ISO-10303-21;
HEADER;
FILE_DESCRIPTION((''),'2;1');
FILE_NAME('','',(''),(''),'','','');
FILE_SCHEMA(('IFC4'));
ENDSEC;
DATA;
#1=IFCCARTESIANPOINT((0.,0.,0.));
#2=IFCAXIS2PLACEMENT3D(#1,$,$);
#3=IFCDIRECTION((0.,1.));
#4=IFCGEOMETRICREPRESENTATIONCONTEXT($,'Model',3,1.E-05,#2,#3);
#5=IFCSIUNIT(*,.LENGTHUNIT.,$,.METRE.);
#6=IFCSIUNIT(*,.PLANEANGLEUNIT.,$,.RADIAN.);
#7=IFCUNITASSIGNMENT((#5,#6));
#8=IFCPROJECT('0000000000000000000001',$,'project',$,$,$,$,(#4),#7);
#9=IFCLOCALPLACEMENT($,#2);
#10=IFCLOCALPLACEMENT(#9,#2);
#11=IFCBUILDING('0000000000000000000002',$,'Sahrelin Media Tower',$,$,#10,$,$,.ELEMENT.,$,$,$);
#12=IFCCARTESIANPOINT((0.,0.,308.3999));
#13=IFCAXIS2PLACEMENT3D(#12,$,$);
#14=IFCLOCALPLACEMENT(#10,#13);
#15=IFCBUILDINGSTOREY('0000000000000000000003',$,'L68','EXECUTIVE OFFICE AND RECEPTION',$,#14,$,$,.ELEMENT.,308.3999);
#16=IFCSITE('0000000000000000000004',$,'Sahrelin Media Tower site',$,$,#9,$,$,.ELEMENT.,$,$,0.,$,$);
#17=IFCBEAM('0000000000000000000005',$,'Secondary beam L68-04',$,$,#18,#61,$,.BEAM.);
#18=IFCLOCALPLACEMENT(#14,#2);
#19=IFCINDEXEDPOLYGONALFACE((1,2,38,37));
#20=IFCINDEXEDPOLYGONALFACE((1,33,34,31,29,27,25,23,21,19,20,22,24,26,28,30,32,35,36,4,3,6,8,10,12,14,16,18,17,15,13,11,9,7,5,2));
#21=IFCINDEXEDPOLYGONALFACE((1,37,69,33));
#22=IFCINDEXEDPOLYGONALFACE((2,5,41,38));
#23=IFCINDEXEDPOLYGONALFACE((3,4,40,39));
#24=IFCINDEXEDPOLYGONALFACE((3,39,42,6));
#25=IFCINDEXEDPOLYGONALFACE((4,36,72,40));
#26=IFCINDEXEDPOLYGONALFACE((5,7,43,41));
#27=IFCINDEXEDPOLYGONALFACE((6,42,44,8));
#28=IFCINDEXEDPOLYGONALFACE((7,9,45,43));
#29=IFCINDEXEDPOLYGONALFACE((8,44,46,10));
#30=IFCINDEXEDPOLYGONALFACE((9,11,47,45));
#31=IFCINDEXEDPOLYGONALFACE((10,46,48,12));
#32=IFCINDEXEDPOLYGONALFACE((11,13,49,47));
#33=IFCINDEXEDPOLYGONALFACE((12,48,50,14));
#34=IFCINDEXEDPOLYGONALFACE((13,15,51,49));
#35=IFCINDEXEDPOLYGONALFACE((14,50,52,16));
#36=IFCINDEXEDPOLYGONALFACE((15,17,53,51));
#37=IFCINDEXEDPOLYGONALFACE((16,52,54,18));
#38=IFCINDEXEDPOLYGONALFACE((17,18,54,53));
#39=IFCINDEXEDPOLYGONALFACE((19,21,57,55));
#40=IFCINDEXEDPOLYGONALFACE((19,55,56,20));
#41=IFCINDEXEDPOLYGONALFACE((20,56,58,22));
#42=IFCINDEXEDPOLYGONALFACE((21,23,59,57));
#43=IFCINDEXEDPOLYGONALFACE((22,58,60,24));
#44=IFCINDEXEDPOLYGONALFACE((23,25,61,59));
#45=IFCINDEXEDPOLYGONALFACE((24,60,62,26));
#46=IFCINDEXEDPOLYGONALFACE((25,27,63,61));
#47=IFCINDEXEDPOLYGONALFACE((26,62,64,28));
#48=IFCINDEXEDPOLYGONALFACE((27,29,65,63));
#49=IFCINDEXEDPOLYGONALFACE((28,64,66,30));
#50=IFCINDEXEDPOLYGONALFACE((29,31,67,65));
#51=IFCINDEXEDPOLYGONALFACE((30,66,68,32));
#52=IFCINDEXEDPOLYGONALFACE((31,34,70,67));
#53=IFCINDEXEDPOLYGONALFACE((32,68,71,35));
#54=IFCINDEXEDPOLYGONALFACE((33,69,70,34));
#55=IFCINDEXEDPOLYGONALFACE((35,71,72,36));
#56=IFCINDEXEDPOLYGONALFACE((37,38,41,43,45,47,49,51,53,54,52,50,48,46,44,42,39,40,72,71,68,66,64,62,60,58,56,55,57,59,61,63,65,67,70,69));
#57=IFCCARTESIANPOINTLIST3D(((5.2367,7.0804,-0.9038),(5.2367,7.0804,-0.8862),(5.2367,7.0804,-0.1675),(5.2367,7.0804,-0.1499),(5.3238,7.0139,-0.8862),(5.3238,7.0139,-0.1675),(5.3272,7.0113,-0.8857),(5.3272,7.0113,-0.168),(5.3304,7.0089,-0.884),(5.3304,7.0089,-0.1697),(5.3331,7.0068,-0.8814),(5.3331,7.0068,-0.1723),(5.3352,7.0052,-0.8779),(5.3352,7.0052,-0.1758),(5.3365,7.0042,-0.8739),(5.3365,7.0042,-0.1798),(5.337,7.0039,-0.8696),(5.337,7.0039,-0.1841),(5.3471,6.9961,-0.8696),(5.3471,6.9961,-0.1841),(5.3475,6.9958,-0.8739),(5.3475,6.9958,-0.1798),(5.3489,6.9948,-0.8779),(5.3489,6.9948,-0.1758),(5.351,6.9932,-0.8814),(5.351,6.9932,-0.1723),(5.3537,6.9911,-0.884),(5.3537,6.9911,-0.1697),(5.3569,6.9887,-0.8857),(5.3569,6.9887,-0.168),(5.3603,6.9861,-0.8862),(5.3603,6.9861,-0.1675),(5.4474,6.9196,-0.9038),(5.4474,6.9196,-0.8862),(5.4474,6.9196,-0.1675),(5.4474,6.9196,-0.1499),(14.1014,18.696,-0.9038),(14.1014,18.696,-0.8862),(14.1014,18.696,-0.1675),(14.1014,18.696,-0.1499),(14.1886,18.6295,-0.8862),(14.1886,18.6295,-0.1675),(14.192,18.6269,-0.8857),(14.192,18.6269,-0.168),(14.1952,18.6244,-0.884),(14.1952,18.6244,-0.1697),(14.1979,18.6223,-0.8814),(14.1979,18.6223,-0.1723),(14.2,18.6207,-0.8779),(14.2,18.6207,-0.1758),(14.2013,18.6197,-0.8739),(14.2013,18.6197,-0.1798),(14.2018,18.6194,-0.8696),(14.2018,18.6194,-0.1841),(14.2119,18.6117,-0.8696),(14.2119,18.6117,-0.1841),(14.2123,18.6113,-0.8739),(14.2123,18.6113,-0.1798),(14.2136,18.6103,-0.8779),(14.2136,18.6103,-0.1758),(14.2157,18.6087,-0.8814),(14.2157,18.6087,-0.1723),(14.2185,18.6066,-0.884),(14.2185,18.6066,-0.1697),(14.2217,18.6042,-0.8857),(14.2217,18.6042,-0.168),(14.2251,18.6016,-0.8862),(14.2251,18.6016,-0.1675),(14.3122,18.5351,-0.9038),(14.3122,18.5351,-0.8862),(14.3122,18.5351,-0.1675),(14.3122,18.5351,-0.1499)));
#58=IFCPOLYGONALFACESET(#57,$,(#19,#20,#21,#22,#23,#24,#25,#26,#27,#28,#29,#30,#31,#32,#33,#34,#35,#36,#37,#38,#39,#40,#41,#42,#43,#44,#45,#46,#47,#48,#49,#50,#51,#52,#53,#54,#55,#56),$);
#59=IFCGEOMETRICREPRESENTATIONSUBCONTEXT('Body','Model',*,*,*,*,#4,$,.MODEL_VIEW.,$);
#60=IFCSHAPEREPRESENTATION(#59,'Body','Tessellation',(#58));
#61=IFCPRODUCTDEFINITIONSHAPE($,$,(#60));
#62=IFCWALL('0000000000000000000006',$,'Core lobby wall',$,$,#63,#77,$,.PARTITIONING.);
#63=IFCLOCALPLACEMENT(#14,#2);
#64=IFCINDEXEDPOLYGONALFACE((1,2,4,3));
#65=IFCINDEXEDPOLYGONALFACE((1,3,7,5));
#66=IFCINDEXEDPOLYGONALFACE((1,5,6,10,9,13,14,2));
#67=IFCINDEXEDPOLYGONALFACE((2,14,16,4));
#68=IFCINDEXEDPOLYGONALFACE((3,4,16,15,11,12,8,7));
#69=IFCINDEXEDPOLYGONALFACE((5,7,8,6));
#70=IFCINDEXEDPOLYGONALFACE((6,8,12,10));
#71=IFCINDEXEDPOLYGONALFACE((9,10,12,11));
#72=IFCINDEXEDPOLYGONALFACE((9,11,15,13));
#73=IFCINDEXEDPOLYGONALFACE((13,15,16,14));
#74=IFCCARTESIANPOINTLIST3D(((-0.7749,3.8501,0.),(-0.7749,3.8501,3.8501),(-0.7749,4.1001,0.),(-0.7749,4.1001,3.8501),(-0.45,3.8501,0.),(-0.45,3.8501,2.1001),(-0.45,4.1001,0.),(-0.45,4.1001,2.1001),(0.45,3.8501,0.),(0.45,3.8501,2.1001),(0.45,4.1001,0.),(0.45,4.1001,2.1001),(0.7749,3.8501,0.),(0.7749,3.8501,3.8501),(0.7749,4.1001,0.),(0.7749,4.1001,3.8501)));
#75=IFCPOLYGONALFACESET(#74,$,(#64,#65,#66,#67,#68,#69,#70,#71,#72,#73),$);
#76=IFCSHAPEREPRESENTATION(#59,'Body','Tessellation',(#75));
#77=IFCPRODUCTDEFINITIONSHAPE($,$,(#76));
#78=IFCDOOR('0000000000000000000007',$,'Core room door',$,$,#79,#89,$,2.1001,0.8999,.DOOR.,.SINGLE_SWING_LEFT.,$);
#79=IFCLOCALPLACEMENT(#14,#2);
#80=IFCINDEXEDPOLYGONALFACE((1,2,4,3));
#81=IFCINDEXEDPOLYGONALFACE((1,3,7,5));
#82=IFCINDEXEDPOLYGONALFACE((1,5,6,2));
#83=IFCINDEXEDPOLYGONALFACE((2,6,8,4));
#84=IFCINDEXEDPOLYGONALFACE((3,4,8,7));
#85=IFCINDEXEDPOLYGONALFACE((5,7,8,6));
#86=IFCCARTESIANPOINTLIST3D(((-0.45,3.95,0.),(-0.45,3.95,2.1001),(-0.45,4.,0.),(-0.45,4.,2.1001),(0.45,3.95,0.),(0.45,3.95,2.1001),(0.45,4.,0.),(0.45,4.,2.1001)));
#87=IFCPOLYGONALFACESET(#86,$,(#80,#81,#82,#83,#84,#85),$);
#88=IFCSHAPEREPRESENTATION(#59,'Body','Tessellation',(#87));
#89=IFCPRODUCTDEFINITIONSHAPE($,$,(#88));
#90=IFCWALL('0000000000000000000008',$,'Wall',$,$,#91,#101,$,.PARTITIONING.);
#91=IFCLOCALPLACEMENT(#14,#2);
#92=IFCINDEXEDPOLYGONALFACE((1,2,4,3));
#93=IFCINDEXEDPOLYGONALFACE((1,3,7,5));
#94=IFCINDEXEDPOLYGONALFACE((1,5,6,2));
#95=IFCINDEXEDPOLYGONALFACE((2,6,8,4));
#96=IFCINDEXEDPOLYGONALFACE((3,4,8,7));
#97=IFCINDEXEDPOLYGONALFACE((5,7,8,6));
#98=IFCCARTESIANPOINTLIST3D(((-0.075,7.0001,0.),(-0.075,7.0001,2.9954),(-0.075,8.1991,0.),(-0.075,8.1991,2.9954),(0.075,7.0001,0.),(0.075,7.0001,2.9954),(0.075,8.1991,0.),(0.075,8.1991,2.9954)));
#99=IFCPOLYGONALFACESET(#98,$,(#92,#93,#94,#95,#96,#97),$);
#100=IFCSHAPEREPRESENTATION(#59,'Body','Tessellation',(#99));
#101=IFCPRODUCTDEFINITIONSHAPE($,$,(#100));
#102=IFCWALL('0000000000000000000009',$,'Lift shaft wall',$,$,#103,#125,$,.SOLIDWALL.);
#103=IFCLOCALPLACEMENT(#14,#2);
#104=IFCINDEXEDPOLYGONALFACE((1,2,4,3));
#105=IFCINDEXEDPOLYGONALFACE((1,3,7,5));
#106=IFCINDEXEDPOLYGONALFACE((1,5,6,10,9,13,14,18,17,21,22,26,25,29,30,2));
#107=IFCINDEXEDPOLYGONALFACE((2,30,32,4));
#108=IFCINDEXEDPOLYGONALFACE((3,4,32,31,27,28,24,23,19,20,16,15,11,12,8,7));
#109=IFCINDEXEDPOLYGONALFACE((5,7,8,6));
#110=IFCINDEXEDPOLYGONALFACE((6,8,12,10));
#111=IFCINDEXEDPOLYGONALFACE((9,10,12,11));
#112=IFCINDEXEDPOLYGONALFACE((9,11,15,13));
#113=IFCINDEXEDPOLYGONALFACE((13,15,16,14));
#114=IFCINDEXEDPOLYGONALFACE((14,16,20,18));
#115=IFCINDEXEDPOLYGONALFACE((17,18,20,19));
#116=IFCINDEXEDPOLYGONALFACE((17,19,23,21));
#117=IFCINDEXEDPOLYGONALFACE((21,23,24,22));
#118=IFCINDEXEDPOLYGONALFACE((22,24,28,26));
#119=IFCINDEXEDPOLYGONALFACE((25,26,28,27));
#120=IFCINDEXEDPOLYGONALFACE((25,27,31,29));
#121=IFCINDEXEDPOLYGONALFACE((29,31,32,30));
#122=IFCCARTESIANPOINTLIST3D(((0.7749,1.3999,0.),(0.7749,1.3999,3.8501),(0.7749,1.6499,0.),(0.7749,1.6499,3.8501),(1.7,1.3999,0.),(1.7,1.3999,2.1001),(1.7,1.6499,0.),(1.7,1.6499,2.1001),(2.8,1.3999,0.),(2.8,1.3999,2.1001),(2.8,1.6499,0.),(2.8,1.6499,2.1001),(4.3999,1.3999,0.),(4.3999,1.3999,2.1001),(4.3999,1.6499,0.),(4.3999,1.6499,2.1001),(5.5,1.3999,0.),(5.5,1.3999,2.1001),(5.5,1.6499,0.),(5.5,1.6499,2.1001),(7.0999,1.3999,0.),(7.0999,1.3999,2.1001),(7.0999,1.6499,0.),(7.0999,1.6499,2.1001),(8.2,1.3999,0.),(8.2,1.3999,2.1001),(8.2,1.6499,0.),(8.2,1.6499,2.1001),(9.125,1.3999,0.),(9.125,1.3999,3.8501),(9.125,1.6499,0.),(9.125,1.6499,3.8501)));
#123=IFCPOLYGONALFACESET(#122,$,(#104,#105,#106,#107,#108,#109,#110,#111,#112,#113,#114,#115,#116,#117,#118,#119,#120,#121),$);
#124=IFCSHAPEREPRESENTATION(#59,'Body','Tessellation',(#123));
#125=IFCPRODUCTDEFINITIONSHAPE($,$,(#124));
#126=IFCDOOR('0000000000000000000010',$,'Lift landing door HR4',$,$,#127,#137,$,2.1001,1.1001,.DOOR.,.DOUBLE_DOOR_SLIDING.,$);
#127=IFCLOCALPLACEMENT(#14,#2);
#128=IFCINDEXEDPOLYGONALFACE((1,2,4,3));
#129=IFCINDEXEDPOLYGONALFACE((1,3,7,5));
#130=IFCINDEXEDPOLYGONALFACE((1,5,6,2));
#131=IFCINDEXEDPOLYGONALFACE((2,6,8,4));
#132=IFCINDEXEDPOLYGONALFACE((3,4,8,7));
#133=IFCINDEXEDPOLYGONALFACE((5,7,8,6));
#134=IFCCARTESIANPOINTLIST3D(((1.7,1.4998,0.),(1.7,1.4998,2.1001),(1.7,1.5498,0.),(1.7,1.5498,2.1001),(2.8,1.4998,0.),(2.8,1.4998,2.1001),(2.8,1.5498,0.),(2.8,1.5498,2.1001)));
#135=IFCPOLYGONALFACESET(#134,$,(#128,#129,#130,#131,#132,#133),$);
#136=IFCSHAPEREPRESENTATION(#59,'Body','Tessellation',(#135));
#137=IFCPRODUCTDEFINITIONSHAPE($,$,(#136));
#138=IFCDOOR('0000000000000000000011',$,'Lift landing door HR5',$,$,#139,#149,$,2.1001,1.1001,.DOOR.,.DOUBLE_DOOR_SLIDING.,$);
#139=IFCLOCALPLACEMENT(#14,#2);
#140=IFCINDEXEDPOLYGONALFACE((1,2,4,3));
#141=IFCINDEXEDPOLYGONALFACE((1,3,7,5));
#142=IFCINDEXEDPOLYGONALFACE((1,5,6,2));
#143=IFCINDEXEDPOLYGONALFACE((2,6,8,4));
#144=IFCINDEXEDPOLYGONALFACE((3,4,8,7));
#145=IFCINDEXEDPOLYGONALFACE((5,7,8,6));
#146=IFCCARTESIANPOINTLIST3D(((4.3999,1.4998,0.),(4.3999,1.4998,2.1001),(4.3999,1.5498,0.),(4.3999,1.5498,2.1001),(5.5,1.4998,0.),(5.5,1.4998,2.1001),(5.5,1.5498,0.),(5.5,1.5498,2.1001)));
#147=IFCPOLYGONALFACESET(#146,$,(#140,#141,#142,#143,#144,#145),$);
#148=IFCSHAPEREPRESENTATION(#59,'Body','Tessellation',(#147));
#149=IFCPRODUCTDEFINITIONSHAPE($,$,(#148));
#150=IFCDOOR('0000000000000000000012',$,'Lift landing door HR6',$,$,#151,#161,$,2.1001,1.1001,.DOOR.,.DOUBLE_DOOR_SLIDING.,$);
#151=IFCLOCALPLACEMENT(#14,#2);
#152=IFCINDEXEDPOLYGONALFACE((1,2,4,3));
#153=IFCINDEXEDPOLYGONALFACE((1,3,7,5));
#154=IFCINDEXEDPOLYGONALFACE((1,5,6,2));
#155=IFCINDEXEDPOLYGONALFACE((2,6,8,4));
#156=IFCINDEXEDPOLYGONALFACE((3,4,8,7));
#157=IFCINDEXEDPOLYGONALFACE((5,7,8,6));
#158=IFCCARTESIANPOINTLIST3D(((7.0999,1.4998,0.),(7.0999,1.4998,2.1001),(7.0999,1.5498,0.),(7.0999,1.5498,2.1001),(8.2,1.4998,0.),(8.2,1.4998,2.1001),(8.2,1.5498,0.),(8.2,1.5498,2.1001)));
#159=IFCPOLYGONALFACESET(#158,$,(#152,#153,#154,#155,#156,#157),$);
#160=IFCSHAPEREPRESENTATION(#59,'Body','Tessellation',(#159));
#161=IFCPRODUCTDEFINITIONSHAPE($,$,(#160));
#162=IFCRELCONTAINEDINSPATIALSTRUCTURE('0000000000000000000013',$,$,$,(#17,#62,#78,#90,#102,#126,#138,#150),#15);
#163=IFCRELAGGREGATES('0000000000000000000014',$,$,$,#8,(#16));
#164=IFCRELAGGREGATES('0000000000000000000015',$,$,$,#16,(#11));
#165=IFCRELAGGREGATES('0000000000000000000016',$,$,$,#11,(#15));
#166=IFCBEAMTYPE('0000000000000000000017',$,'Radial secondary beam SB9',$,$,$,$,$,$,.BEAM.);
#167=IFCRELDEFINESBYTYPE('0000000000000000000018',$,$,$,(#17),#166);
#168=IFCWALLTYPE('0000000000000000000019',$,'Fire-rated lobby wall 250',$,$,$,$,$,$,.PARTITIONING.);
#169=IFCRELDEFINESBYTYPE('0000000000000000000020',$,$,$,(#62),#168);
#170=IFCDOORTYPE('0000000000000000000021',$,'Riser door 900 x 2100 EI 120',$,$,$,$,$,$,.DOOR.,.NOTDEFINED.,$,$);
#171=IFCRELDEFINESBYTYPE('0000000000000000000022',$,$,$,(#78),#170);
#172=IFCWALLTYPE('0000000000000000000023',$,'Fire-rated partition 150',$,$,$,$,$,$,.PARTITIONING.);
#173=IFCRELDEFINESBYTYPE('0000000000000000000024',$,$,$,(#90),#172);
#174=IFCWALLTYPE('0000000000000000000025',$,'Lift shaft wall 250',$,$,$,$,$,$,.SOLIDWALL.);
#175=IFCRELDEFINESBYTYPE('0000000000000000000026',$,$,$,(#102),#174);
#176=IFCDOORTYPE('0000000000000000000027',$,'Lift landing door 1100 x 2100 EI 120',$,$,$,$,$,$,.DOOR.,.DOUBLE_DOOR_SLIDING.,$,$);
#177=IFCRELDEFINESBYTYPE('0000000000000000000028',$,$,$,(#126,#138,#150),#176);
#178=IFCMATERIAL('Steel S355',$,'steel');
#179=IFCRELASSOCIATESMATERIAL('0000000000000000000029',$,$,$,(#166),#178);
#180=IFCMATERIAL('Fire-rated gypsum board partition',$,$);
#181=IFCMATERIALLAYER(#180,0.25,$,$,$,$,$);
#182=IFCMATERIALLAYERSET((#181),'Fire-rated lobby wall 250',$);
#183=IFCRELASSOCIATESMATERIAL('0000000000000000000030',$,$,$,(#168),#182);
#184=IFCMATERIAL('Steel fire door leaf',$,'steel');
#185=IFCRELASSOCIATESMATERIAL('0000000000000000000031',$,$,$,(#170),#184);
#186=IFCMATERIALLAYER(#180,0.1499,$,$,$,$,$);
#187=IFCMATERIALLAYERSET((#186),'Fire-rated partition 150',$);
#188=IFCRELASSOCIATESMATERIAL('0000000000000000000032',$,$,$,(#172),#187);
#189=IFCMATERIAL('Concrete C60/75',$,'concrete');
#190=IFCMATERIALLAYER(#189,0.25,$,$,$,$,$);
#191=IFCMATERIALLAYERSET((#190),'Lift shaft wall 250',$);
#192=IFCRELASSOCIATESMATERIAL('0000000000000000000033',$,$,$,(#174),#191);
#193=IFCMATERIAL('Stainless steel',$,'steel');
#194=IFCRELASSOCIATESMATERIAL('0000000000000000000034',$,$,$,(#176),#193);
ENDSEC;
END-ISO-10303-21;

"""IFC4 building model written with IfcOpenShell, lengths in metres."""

from ifc_helpers import new_model, si_unit, direction, frame, frame_2d, origin, origin_2d, place, context, subcontext, project, spatial, rectangle, i_section, extrude, material, layer, layer_set, material_profile, profile_set, type_object, element, fill, save


model = new_model("IFC4")

# Units and contexts
model_context = context("Model", 3, precision=1e-05, world=origin(), true_north=direction((0.0, 1.0)))
body_context = subcontext(model_context, "Body", "Model", "MODEL_VIEW")
ifc_project = project(units=[si_unit("LENGTHUNIT", "METRE"), si_unit("PLANEANGLEUNIT", "RADIAN")], contexts=[model_context])

# Site, building, storey
site_placement = place(None, origin())
site = spatial("IfcSite", under=ifc_project, at=site_placement, Name="Sahrelin Media Tower site", CompositionType="ELEMENT", RefElevation=0.0)
building_placement = place(site_placement, origin())
building = spatial("IfcBuilding", under=site, at=building_placement, Name="Sahrelin Media Tower", CompositionType="ELEMENT")
storey_placement = place(building_placement, frame((0.0, 0.0, 308.3999)))
storey = spatial("IfcBuildingStorey", under=building, at=storey_placement, Name="L68", Description="EXECUTIVE OFFICE AND RECEPTION", CompositionType="ELEMENT", Elevation=308.3999)

# Beam
ifc_material_1 = material(Name="Steel S355", Category="steel")
ifc_material_profile_1 = material_profile(ifc_material_1, i_section(OverallWidth=0.2651, OverallDepth=0.7539, WebThickness=0.0127, FlangeThickness=0.0176, FilletRadius=0.0166, at=origin_2d()), Name="UB 762x267x147")
ifc_profile_set_1 = profile_set([ifc_material_profile_1], Name="Steel S355")
beam_type_1 = type_object("IfcBeamType", Name="Radial secondary beam SB9", PredefinedType="BEAM", material=ifc_profile_set_1)
beam_1_placement = place(storey_placement, frame((5.342, 7.0, -0.5269), z_axis=(0.606686, 0.794941, 0.0), x_axis=(-0.794941, 0.606686, 0.0)))
element("IfcBeam", 1, at=beam_1_placement, inside=storey, type_object=beam_type_1, Name="Secondary beam L68-04", PredefinedType="BEAM", context=body_context, shape_type="SweptSolid", body=[
    extrude(i_section(OverallWidth=0.2651, OverallDepth=0.7539, WebThickness=0.0127, FlangeThickness=0.0176, FilletRadius=0.0166, at=origin_2d()), origin(), (0.0, 0.0, 1.0), 14.6118),
])

# Wall, opening, door
ifc_material_2 = material(Name="Fire-rated gypsum board partition")
ifc_layer_1 = layer(ifc_material_2, 0.25)
ifc_layer_set_1 = layer_set([ifc_layer_1], Name="Fire-rated lobby wall 250")
wall_type_1 = type_object("IfcWallType", Name="Fire-rated lobby wall 250", PredefinedType="PARTITIONING", material=ifc_layer_set_1)
wall_1_placement = place(storey_placement, frame((-0.7749, 3.9751, 0.0), z_axis=(0.0, 0.0, 1.0), x_axis=(1.0, 0.0, 0.0)))
wall_1 = element("IfcWall", 2, at=wall_1_placement, inside=storey, type_object=wall_type_1, Name="Core lobby wall", PredefinedType="PARTITIONING", context=body_context, shape_type="SweptSolid", body=[
    extrude(rectangle(XDim=1.5498, YDim=0.25, at=frame_2d((0.7749, 0.0))), origin(), (0.0, 0.0, 1.0), 3.8501),
])
opening_1_placement = place(wall_1_placement, frame((0.325, 0.0, 0.0)))
opening_1 = element("IfcOpeningElement", 3, at=opening_1_placement, cuts=wall_1, PredefinedType="OPENING", context=body_context, shape_type="SweptSolid", body=[
    extrude(rectangle(XDim=0.8999, YDim=2.1001, at=frame_2d((0.45, 1.05))), frame((0.0, 0.125, 0.0), z_axis=(0.0, -1.0, 0.0), x_axis=(1.0, 0.0, 0.0)), (0.0, 0.0, 1.0), 0.25),
])
ifc_material_3 = material(Name="Steel fire door leaf", Category="steel")
door_type_1 = type_object("IfcDoorType", Name="Riser door 900 x 2100 EI 120", OperationType="NOTDEFINED", PredefinedType="DOOR", material=ifc_material_3)
door_1_placement = place(opening_1_placement, origin())
door_1 = element("IfcDoor", 4, at=door_1_placement, inside=storey, type_object=door_type_1, Name="Core room door", OperationType="SINGLE_SWING_LEFT", OverallHeight=2.1001, OverallWidth=0.8999, PredefinedType="DOOR", context=body_context, shape_type="SweptSolid", body=[
    extrude(rectangle(XDim=0.8999, YDim=2.1001, at=frame_2d((0.45, 1.05))), frame((0.0, 0.0249, 0.0), z_axis=(0.0, -1.0, 0.0), x_axis=(1.0, 0.0, 0.0)), (0.0, 0.0, 1.0), 0.05),
])
fill(opening_1, door_1)

# Wall
ifc_layer_2 = layer(ifc_material_2, 0.1499)
ifc_layer_set_2 = layer_set([ifc_layer_2], Name="Fire-rated partition 150")
wall_type_2 = type_object("IfcWallType", Name="Fire-rated partition 150", PredefinedType="PARTITIONING", material=ifc_layer_set_2)
wall_2_placement = place(storey_placement, frame((0.0, 7.0, 0.0), z_axis=(0.0, 0.0, 1.0), x_axis=(0.0, 1.0, 0.0)))
element("IfcWall", 5, at=wall_2_placement, inside=storey, type_object=wall_type_2, Name="Wall", PredefinedType="PARTITIONING", context=body_context, shape_type="SweptSolid", body=[
    extrude(rectangle(XDim=1.199, YDim=0.1499, at=frame_2d((0.5996, 0.0))), origin(), (0.0, 0.0, 1.0), 2.9954),
])

# Wall, openings, doors
ifc_material_4 = material(Name="Concrete C60/75", Category="concrete")
ifc_layer_3 = layer(ifc_material_4, 0.25)
ifc_layer_set_3 = layer_set([ifc_layer_3], Name="Lift shaft wall 250")
wall_type_3 = type_object("IfcWallType", Name="Lift shaft wall 250", PredefinedType="SOLIDWALL", material=ifc_layer_set_3)
wall_3_placement = place(storey_placement, frame((0.7749, 1.5249, 0.0), z_axis=(0.0, 0.0, 1.0), x_axis=(1.0, 0.0, 0.0)))
wall_3 = element("IfcWall", 6, at=wall_3_placement, inside=storey, type_object=wall_type_3, Name="Lift shaft wall", PredefinedType="SOLIDWALL", context=body_context, shape_type="SweptSolid", body=[
    extrude(rectangle(XDim=8.3501, YDim=0.25, at=frame_2d((4.175, 0.0))), origin(), (0.0, 0.0, 1.0), 3.8501),
])
opening_2_placement = place(wall_3_placement, frame((0.925, 0.0, 0.0)))
opening_2 = element("IfcOpeningElement", 7, at=opening_2_placement, cuts=wall_3, PredefinedType="OPENING", context=body_context, shape_type="SweptSolid", body=[
    extrude(rectangle(XDim=1.1001, YDim=2.1001, at=frame_2d((0.55, 1.05))), frame((0.0, 0.125, 0.0), z_axis=(0.0, -1.0, 0.0), x_axis=(1.0, 0.0, 0.0)), (0.0, 0.0, 1.0), 0.25),
])
opening_3_placement = place(wall_3_placement, frame((3.625, 0.0, 0.0)))
opening_3 = element("IfcOpeningElement", 8, at=opening_3_placement, cuts=wall_3, PredefinedType="OPENING", context=body_context, shape_type="SweptSolid", body=[
    extrude(rectangle(XDim=1.1001, YDim=2.1001, at=frame_2d((0.55, 1.05))), frame((0.0, 0.125, 0.0), z_axis=(0.0, -1.0, 0.0), x_axis=(1.0, 0.0, 0.0)), (0.0, 0.0, 1.0), 0.25),
])
opening_4_placement = place(wall_3_placement, frame((6.325, 0.0, 0.0)))
opening_4 = element("IfcOpeningElement", 9, at=opening_4_placement, cuts=wall_3, PredefinedType="OPENING", context=body_context, shape_type="SweptSolid", body=[
    extrude(rectangle(XDim=1.1001, YDim=2.1001, at=frame_2d((0.55, 1.05))), frame((0.0, 0.125, 0.0), z_axis=(0.0, -1.0, 0.0), x_axis=(1.0, 0.0, 0.0)), (0.0, 0.0, 1.0), 0.25),
])
ifc_material_5 = material(Name="Stainless steel", Category="steel")
door_type_2 = type_object("IfcDoorType", Name="Lift landing door 1100 x 2100 EI 120", OperationType="DOUBLE_DOOR_SLIDING", PredefinedType="DOOR", material=ifc_material_5)
door_2_placement = place(opening_2_placement, origin())
door_2 = element("IfcDoor", 10, at=door_2_placement, inside=storey, type_object=door_type_2, Name="Lift landing door HR4", OperationType="DOUBLE_DOOR_SLIDING", OverallHeight=2.1001, OverallWidth=1.1001, PredefinedType="DOOR", context=body_context, shape_type="SweptSolid", body=[
    extrude(rectangle(XDim=1.1001, YDim=2.1001, at=frame_2d((0.55, 1.05))), frame((0.0, 0.0249, 0.0), z_axis=(0.0, -1.0, 0.0), x_axis=(1.0, 0.0, 0.0)), (0.0, 0.0, 1.0), 0.05),
])
fill(opening_2, door_2)
door_3_placement = place(opening_3_placement, origin())
door_3 = element("IfcDoor", 11, at=door_3_placement, inside=storey, type_object=door_type_2, Name="Lift landing door HR5", OperationType="DOUBLE_DOOR_SLIDING", OverallHeight=2.1001, OverallWidth=1.1001, PredefinedType="DOOR", context=body_context, shape_type="SweptSolid", body=[
    extrude(rectangle(XDim=1.1001, YDim=2.1001, at=frame_2d((0.55, 1.05))), frame((0.0, 0.0249, 0.0), z_axis=(0.0, -1.0, 0.0), x_axis=(1.0, 0.0, 0.0)), (0.0, 0.0, 1.0), 0.05),
])
fill(opening_3, door_3)
door_4_placement = place(opening_4_placement, origin())
door_4 = element("IfcDoor", 12, at=door_4_placement, inside=storey, type_object=door_type_2, Name="Lift landing door HR6", OperationType="DOUBLE_DOOR_SLIDING", OverallHeight=2.1001, OverallWidth=1.1001, PredefinedType="DOOR", context=body_context, shape_type="SweptSolid", body=[
    extrude(rectangle(XDim=1.1001, YDim=2.1001, at=frame_2d((0.55, 1.05))), frame((0.0, 0.0249, 0.0), z_axis=(0.0, -1.0, 0.0), x_axis=(1.0, 0.0, 0.0)), (0.0, 0.0, 1.0), 0.05),
])
fill(opening_4, door_4)

save(model, "model.ifc")
